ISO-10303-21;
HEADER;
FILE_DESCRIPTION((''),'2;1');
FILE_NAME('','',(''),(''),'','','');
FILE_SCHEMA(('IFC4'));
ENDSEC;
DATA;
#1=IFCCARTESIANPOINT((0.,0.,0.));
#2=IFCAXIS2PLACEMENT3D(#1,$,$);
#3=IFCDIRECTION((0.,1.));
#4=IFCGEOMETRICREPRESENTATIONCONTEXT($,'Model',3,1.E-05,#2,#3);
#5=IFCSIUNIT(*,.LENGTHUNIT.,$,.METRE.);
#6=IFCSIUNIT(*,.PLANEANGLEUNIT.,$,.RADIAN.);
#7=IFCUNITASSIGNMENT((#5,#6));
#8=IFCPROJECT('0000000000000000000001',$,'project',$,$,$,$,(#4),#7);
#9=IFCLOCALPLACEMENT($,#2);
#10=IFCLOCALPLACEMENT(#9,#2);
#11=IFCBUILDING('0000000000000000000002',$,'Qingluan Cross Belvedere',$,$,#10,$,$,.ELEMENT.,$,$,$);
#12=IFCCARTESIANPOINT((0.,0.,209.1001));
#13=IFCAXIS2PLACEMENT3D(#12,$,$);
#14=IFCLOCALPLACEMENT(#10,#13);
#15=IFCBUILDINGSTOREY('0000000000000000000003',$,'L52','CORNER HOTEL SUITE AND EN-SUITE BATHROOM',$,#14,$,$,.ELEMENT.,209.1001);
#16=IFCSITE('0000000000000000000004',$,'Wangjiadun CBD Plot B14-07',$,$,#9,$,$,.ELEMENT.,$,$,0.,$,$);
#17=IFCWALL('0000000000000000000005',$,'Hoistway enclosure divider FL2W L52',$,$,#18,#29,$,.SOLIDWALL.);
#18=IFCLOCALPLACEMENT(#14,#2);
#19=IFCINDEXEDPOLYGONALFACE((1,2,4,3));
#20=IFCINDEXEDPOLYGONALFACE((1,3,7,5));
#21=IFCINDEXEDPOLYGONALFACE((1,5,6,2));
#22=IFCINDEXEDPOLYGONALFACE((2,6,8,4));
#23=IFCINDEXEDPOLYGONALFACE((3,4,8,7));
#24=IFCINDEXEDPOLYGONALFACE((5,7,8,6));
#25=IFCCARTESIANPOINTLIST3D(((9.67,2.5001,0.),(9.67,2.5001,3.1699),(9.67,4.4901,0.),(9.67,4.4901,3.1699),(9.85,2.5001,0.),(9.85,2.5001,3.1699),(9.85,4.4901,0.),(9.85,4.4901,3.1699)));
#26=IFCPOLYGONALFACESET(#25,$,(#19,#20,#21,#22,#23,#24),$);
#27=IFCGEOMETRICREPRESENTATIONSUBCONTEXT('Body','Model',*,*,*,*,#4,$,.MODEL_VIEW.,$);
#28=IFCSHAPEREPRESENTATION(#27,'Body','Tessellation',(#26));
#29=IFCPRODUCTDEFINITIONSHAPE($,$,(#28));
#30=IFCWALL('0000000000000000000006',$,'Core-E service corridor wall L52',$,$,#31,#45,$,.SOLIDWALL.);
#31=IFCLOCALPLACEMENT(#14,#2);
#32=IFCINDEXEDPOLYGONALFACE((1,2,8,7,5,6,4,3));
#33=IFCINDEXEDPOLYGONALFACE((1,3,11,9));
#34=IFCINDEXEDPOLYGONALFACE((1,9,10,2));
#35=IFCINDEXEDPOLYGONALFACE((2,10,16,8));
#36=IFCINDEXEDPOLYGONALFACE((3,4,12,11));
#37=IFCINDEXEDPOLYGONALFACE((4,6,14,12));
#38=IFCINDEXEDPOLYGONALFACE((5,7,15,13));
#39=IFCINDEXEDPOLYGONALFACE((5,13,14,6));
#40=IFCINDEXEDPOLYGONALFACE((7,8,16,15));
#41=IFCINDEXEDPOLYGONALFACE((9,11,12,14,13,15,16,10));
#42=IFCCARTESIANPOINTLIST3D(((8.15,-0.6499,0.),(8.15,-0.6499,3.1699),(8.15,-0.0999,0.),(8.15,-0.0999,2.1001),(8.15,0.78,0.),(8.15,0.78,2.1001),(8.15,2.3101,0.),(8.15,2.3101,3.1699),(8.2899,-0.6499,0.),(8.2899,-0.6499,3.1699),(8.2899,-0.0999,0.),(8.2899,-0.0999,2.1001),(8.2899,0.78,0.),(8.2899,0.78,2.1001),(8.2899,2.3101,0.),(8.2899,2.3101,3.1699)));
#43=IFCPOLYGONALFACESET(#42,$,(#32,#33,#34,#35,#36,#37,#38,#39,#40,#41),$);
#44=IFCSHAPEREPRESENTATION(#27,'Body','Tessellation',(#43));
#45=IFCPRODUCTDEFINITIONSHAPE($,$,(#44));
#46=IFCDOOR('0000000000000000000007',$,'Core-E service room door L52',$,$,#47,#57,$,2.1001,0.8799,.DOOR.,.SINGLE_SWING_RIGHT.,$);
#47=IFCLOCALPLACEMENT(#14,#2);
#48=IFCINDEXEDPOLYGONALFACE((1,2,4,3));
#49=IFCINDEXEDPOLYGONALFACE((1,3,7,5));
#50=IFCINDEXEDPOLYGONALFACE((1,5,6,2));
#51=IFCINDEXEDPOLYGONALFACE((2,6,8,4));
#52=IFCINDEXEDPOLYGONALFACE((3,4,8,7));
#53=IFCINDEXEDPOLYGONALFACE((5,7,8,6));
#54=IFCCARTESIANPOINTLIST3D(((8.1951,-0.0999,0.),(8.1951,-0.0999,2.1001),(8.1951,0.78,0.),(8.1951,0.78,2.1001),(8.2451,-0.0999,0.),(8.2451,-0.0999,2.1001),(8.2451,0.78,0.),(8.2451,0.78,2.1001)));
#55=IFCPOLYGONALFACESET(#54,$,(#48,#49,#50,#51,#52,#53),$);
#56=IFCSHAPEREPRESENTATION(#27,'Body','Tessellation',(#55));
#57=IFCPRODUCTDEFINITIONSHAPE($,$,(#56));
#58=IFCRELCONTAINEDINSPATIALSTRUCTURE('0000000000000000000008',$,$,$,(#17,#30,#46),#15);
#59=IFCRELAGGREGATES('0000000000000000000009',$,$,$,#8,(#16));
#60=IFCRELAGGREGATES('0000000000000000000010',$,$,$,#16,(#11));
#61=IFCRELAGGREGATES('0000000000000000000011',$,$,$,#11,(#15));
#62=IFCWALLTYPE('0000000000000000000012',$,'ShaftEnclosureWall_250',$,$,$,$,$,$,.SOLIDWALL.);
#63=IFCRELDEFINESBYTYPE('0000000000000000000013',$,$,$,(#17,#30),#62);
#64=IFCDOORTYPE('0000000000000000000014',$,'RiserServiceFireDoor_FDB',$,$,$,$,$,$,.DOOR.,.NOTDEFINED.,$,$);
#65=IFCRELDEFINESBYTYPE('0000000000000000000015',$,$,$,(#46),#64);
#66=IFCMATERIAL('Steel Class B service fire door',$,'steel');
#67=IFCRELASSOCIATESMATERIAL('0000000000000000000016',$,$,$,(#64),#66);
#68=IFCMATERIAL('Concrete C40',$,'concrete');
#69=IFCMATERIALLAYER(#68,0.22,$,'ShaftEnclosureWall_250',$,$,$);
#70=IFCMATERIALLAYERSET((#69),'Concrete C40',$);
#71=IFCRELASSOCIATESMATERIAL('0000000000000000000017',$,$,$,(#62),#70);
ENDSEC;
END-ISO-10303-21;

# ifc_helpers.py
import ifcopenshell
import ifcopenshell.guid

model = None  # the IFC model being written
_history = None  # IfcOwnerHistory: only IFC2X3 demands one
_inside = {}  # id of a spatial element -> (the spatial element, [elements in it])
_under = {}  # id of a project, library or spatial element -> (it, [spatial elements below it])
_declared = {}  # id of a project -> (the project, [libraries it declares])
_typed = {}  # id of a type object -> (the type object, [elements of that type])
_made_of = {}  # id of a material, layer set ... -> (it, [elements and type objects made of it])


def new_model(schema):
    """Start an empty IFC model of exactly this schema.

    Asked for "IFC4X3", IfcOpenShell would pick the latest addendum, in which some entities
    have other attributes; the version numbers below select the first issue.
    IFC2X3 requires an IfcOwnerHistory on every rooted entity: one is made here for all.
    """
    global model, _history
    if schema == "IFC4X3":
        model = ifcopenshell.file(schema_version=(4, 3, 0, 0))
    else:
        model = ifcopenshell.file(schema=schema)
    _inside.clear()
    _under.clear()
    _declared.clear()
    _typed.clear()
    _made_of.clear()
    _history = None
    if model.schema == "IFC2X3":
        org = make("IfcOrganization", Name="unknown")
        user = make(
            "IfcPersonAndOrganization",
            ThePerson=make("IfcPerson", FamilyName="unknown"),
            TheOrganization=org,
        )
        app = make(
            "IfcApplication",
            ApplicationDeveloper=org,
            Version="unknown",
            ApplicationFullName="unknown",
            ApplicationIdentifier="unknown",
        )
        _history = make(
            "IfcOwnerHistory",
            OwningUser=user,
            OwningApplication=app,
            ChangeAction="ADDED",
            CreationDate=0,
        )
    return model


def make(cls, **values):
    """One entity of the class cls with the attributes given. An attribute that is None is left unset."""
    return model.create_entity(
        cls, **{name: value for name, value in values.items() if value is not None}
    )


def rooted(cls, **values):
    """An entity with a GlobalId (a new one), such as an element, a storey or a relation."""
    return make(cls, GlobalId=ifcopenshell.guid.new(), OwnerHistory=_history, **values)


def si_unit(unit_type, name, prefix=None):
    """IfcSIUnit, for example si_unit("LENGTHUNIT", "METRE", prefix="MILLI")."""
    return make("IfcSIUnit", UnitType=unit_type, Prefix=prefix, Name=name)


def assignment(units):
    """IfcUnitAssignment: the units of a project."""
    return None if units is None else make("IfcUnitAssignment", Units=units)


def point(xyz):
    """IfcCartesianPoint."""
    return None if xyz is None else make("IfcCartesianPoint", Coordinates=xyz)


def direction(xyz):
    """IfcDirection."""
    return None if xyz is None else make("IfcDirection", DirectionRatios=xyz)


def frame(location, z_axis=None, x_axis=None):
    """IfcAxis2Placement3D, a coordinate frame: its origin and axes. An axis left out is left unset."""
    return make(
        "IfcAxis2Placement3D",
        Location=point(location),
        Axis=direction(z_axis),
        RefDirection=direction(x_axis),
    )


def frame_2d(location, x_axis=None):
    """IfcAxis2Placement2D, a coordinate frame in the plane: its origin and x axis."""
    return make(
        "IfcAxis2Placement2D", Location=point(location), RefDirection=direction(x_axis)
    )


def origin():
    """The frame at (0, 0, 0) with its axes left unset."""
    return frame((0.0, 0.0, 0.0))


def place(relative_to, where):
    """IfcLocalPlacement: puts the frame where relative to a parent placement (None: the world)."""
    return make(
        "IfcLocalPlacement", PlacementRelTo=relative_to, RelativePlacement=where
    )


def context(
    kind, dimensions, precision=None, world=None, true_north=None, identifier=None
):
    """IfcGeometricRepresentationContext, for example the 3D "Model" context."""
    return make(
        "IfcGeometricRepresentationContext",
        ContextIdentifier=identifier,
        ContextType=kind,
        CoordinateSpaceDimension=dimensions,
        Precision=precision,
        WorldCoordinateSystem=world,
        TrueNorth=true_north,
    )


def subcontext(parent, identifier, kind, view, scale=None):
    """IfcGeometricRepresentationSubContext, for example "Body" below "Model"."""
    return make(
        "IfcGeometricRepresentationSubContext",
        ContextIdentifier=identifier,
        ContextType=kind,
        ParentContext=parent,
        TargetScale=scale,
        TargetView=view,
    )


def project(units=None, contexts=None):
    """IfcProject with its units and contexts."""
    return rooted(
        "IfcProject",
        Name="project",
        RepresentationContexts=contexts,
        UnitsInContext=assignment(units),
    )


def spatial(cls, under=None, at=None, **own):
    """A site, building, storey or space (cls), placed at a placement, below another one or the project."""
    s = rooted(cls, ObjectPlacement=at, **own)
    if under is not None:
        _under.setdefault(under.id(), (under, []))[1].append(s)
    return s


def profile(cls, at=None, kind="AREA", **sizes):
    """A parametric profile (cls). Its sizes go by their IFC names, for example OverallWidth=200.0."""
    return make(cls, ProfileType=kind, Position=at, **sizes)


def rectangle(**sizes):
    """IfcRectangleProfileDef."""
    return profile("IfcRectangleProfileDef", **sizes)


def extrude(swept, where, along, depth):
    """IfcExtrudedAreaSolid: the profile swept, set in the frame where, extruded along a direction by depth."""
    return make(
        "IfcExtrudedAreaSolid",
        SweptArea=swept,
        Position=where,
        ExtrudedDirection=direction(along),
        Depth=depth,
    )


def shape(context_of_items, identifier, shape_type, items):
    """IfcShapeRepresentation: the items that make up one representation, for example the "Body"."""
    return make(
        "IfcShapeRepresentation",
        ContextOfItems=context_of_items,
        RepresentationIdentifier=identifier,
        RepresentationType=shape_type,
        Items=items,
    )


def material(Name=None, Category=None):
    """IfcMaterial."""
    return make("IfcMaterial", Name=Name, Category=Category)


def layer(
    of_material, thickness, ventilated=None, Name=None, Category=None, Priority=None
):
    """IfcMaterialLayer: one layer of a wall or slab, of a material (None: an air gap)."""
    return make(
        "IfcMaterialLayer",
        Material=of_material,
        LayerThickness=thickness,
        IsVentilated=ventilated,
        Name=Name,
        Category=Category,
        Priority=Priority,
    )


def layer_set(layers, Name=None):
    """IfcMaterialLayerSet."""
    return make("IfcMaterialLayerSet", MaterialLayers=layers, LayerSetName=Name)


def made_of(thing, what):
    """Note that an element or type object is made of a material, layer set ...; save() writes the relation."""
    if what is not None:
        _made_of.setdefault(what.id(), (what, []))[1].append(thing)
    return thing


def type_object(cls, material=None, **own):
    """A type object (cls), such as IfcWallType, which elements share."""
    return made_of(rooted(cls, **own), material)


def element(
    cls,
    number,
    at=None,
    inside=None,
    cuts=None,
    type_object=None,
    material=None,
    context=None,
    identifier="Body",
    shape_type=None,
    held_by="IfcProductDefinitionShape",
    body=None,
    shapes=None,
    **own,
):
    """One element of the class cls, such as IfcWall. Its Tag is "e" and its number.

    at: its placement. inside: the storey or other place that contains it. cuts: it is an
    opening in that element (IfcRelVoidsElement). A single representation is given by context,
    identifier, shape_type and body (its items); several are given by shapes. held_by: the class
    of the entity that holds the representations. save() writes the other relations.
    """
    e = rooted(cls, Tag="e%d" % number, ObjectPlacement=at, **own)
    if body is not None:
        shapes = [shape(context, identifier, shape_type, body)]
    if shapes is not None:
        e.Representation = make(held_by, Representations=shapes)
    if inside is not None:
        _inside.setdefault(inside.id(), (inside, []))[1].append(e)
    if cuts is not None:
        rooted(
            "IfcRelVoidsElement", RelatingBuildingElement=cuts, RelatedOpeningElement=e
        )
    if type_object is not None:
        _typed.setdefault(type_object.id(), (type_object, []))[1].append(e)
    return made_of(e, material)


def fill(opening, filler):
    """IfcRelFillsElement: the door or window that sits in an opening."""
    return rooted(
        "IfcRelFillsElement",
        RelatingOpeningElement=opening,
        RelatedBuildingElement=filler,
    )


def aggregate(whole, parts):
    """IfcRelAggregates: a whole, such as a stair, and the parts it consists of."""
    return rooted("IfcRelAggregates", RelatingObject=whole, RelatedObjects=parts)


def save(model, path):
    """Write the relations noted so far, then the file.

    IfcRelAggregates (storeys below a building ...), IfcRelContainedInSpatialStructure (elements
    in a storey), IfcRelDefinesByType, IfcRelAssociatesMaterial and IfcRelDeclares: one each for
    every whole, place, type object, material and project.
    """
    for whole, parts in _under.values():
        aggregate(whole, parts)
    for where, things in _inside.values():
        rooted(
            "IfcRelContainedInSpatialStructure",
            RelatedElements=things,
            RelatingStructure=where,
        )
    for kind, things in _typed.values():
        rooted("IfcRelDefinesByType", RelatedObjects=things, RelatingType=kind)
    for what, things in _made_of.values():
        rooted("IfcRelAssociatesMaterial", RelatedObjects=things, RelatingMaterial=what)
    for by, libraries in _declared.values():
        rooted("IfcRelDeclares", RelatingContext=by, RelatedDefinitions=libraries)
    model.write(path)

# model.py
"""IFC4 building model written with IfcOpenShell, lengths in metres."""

from ifc_helpers import new_model, si_unit, direction, frame, frame_2d, origin, place, context, subcontext, project, spatial, rectangle, extrude, material, layer, layer_set, type_object, element, fill, save


model = new_model("IFC4")

# Units and contexts
model_context = context("Model", 3, precision=1e-05, world=origin(), true_north=direction((0.0, 1.0)))
body_context = subcontext(model_context, "Body", "Model", "MODEL_VIEW")
ifc_project = project(units=[si_unit("LENGTHUNIT", "METRE"), si_unit("PLANEANGLEUNIT", "RADIAN")], contexts=[model_context])

# Site, building, storey
site_placement = place(None, origin())
site = spatial("IfcSite", under=ifc_project, at=site_placement, Name="Wangjiadun CBD Plot B14-07", CompositionType="ELEMENT", RefElevation=0.0)
building_placement = place(site_placement, origin())
building = spatial("IfcBuilding", under=site, at=building_placement, Name="Qingluan Cross Belvedere", CompositionType="ELEMENT")
storey_placement = place(building_placement, frame((0.0, 0.0, 209.1001)))
storey = spatial("IfcBuildingStorey", under=building, at=storey_placement, Name="L52", Description="CORNER HOTEL SUITE AND EN-SUITE BATHROOM", CompositionType="ELEMENT", Elevation=209.1001)

# Shared definitions
ifc_material_1 = material(Name="Steel Class B service fire door", Category="steel")
door_type_1 = type_object("IfcDoorType", Name="RiserServiceFireDoor_FDB", OperationType="NOTDEFINED", PredefinedType="DOOR", material=ifc_material_1)

# Shared definitions
ifc_material_2 = material(Name="Concrete C40", Category="concrete")
ifc_layer_1 = layer(ifc_material_2, 0.22, Name="ShaftEnclosureWall_250")
ifc_layer_set_1 = layer_set([ifc_layer_1], Name="Concrete C40")
wall_type_1 = type_object("IfcWallType", Name="ShaftEnclosureWall_250", PredefinedType="SOLIDWALL", material=ifc_layer_set_1)

# Wall
wall_1_placement = place(storey_placement, frame((9.76, 2.5, 0.0), z_axis=(0.0, 0.0, 1.0), x_axis=(0.0, 1.0, 0.0)))
element("IfcWall", 1, at=wall_1_placement, inside=storey, type_object=wall_type_1, Name="Hoistway enclosure divider FL2W L52", PredefinedType="SOLIDWALL", context=body_context, shape_type="SweptSolid", body=[
    extrude(rectangle(XDim=1.99, YDim=0.1799, at=frame_2d((0.9951, 0.0))), origin(), (0.0, 0.0, 1.0), 3.1699),
])

# Wall, opening, door
wall_2_placement = place(storey_placement, frame((8.22, -0.6499, 0.0), z_axis=(0.0, 0.0, 1.0), x_axis=(0.0, 1.0, 0.0)))
wall_2 = element("IfcWall", 2, at=wall_2_placement, inside=storey, type_object=wall_type_1, Name="Core-E service corridor wall L52", PredefinedType="SOLIDWALL", context=body_context, shape_type="SweptSolid", body=[
    extrude(rectangle(XDim=2.96, YDim=0.1399, at=frame_2d((1.48, 0.0))), origin(), (0.0, 0.0, 1.0), 3.1699),
])
opening_1_placement = place(wall_2_placement, frame((0.55, 0.0, 0.0)))
opening_1 = element("IfcOpeningElement", 3, at=opening_1_placement, cuts=wall_2, PredefinedType="OPENING", context=body_context, shape_type="SweptSolid", body=[
    extrude(rectangle(XDim=0.8799, YDim=2.1001, at=frame_2d((0.4399, 1.05))), frame((0.0, 0.0798, 0.0), z_axis=(0.0, -1.0, 0.0), x_axis=(1.0, 0.0, 0.0)), (0.0, 0.0, 1.0), 0.1599),
])
door_1_placement = place(opening_1_placement, origin())
door_1 = element("IfcDoor", 4, at=door_1_placement, inside=storey, type_object=door_type_1, Name="Core-E service room door L52", OperationType="SINGLE_SWING_RIGHT", OverallHeight=2.1001, OverallWidth=0.8799, PredefinedType="DOOR", context=body_context, shape_type="SweptSolid", body=[
    extrude(rectangle(XDim=0.8799, YDim=2.1001, at=frame_2d((0.4399, 1.05))), frame((0.0, 0.0249, 0.0), z_axis=(0.0, -1.0, 0.0), x_axis=(1.0, 0.0, 0.0)), (0.0, 0.0, 1.0), 0.05),
])
fill(opening_1, door_1)

save(model, "model.ifc")
